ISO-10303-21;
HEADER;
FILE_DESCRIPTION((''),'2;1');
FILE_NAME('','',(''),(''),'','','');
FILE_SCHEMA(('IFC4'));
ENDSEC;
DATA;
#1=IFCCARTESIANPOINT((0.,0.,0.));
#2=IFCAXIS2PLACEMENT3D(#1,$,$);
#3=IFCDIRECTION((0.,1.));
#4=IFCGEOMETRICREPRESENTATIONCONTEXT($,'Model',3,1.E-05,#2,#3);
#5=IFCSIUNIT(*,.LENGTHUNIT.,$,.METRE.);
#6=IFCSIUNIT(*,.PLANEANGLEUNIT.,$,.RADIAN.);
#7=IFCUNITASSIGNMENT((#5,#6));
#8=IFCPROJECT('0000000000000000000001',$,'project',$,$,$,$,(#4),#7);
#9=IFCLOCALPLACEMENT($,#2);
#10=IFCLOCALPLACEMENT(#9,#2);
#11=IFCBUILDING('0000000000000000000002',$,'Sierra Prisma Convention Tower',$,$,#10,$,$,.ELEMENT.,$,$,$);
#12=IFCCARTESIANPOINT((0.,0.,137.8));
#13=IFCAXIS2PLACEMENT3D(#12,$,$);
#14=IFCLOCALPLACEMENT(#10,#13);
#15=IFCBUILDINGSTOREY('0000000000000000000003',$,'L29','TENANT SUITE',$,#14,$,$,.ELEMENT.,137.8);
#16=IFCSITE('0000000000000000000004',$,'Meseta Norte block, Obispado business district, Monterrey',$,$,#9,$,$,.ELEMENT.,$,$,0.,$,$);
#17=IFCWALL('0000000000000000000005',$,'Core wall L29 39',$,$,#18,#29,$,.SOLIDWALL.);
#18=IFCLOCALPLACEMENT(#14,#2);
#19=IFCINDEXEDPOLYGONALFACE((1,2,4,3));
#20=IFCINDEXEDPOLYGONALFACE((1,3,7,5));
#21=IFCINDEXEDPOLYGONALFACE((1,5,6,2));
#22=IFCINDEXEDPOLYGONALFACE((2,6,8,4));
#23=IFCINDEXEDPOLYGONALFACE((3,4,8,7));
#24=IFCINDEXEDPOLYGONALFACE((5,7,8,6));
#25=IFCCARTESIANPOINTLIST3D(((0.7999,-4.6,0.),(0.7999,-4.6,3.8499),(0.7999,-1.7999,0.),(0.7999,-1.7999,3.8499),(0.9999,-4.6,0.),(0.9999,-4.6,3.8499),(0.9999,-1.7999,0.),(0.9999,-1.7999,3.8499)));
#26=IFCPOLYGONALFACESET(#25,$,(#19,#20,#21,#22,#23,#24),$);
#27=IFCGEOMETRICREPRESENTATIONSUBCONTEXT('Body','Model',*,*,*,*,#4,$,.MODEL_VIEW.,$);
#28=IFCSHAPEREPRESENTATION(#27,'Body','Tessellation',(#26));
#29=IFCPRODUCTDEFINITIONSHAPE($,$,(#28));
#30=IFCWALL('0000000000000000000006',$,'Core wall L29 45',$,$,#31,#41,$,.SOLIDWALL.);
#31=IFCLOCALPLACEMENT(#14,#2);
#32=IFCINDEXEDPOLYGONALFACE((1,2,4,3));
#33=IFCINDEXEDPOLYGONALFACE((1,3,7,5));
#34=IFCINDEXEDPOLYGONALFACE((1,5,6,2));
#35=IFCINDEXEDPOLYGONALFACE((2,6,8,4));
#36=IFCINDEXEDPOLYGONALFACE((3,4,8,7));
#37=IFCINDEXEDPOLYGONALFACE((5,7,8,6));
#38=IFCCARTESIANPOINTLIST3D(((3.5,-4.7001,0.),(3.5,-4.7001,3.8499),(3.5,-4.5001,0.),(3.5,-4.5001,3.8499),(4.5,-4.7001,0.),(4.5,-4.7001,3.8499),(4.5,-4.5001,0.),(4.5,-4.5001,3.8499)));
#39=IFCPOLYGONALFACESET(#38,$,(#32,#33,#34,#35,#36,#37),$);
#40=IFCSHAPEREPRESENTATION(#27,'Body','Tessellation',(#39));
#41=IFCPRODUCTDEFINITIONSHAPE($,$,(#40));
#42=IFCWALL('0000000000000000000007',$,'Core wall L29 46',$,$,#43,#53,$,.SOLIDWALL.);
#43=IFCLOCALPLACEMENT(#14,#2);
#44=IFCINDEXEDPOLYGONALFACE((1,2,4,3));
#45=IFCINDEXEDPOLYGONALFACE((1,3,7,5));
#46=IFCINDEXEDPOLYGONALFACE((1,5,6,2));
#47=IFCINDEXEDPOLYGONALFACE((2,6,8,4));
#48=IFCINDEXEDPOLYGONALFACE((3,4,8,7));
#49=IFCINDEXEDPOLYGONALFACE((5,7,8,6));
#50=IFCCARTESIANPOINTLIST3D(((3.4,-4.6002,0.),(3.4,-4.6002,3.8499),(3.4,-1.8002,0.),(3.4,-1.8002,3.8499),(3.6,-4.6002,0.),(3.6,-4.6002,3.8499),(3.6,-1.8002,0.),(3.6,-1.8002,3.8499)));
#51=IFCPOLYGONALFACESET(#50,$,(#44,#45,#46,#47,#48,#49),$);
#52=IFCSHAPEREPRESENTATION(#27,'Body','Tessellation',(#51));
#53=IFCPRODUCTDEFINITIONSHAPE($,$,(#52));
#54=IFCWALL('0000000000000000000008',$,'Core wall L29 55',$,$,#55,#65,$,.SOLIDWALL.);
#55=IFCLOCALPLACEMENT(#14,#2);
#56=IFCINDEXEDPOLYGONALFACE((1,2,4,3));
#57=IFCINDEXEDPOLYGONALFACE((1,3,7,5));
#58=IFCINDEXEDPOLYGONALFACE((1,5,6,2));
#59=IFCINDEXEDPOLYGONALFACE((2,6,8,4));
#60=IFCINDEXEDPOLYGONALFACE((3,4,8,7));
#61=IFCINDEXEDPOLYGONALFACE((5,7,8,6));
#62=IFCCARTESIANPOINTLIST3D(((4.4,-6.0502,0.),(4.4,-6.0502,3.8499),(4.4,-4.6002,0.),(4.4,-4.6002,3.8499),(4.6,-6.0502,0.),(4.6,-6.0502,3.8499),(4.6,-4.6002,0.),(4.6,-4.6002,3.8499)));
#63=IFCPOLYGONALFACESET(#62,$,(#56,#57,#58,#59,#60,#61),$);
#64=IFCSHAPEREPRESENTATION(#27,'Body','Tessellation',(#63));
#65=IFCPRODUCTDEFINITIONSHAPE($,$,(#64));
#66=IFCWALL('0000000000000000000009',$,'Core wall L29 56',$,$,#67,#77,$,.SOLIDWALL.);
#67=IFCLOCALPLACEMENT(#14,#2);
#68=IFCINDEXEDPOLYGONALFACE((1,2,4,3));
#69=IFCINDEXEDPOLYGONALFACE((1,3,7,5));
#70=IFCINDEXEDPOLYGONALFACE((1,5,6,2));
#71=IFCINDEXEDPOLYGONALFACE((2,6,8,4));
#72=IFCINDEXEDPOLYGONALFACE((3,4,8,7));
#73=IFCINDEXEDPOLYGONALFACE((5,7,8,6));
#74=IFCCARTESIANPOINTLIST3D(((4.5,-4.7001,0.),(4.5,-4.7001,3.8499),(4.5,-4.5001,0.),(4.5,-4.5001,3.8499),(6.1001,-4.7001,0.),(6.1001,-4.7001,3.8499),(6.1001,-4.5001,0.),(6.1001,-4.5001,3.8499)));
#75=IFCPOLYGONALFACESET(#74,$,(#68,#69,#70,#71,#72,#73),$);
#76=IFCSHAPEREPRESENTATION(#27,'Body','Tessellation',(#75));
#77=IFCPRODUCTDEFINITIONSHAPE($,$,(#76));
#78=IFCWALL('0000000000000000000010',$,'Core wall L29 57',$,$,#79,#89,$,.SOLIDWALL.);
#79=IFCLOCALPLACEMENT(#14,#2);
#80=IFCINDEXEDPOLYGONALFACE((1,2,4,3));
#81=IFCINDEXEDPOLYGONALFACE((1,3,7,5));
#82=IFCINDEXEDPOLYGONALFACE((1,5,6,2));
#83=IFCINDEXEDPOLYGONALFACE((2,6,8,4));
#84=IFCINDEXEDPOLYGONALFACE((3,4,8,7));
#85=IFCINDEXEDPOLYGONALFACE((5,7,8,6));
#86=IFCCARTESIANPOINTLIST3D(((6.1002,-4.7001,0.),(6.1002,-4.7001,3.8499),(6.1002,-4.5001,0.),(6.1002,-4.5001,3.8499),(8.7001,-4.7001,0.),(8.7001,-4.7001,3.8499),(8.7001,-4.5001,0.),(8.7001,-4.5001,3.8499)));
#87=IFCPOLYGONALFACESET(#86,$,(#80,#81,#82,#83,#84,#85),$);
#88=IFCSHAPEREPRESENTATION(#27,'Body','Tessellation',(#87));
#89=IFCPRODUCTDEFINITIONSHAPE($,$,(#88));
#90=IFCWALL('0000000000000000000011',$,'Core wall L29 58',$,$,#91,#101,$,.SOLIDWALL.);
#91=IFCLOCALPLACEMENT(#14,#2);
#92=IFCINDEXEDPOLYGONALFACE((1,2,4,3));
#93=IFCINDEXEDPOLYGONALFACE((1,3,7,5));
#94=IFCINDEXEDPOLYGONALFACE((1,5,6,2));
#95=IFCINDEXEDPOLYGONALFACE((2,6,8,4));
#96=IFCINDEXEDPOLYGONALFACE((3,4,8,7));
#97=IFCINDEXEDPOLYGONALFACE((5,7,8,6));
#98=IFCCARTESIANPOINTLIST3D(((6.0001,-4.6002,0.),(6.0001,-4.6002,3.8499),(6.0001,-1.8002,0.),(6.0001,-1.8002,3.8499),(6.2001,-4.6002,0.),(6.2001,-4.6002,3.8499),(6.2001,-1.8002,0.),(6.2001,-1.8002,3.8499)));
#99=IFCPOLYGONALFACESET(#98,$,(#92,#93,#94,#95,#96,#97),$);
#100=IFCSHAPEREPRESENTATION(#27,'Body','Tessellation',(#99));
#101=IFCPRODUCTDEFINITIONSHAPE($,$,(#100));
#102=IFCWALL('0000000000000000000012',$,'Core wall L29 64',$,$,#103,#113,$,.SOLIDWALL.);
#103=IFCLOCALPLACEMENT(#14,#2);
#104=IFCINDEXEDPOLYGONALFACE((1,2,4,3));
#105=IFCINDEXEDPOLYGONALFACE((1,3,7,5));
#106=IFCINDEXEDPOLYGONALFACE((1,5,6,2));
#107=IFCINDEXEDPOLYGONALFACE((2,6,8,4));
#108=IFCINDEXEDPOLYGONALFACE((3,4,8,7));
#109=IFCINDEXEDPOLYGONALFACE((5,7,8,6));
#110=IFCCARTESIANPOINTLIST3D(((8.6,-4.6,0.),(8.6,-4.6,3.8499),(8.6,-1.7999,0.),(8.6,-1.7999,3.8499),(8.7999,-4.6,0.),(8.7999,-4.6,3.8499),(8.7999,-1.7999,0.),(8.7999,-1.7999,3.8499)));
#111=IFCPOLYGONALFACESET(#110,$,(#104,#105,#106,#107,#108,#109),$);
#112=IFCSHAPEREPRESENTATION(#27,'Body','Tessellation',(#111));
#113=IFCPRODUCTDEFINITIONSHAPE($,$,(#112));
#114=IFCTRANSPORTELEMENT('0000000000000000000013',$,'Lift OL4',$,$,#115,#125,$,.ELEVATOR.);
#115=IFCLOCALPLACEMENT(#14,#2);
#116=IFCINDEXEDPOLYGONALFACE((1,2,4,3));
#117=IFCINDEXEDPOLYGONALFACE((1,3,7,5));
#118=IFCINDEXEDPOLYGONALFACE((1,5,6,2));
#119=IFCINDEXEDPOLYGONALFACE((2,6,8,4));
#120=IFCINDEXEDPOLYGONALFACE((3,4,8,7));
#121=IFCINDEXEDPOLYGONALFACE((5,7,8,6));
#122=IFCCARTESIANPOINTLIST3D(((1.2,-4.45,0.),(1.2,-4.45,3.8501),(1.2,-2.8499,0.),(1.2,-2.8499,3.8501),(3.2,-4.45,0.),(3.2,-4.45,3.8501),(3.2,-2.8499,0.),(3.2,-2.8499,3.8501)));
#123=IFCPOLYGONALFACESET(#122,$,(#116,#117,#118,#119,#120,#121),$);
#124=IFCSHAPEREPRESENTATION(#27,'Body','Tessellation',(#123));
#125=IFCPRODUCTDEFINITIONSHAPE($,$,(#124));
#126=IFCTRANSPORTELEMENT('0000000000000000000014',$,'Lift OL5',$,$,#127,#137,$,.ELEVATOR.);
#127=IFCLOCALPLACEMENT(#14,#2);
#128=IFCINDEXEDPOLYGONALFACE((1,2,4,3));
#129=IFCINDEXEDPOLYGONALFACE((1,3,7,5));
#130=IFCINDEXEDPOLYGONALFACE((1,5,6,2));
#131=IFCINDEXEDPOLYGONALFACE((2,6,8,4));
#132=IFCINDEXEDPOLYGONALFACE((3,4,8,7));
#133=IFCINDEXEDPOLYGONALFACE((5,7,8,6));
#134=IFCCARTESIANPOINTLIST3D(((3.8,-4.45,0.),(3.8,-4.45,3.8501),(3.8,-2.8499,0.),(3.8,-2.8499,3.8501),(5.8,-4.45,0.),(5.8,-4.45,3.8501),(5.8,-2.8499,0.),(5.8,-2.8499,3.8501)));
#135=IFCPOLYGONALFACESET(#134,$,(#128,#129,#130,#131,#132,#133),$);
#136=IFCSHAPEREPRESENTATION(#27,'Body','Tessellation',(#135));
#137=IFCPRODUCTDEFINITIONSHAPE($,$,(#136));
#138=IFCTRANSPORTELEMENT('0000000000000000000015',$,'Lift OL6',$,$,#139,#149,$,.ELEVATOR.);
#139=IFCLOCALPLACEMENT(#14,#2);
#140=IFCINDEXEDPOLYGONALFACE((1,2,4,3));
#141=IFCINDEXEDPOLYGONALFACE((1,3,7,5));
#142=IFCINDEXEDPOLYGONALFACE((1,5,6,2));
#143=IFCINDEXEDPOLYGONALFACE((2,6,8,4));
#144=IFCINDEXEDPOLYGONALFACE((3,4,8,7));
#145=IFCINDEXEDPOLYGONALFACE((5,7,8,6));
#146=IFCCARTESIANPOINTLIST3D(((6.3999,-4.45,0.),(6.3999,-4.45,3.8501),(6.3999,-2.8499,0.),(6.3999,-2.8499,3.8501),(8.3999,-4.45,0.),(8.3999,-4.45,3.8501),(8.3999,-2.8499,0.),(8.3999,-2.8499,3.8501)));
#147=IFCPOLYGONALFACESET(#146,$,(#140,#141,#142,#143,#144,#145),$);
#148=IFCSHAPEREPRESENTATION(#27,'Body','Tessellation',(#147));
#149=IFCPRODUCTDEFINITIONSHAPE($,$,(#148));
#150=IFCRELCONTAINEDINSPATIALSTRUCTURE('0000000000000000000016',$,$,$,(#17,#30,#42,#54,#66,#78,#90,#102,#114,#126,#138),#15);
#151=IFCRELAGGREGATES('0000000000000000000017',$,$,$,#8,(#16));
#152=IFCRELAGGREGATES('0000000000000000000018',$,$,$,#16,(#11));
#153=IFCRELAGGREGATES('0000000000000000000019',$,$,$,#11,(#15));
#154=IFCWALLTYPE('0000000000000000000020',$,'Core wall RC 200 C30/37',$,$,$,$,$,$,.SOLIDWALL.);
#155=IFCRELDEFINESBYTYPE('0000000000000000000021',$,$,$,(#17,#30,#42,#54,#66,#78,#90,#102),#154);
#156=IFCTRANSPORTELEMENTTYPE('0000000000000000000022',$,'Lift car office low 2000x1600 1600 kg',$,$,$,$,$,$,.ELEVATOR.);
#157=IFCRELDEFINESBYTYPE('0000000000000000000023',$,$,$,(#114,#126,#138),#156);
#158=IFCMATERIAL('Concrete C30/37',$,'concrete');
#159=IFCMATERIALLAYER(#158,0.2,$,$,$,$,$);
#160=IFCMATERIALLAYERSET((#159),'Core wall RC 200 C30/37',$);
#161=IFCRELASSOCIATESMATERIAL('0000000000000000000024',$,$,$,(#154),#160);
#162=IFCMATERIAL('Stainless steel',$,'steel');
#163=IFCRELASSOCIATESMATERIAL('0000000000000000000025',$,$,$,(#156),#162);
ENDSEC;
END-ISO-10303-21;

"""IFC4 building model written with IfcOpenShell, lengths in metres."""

from ifc_helpers import new_model, si_unit, direction, frame, frame_2d, origin, origin_2d, place, context, subcontext, project, spatial, rectangle, extrude, material, layer, layer_set, type_object, element, save


model = new_model("IFC4")

# Units and contexts
model_context = context("Model", 3, precision=1e-05, world=origin(), true_north=direction((0.0, 1.0)))
body_context = subcontext(model_context, "Body", "Model", "MODEL_VIEW")
ifc_project = project(units=[si_unit("LENGTHUNIT", "METRE"), si_unit("PLANEANGLEUNIT", "RADIAN")], contexts=[model_context])

# Site, building, storey
site_placement = place(None, origin())
site = spatial("IfcSite", under=ifc_project, at=site_placement, Name="Meseta Norte block, Obispado business district, Monterrey", CompositionType="ELEMENT", RefElevation=0.0)
building_placement = place(site_placement, origin())
building = spatial("IfcBuilding", under=site, at=building_placement, Name="Sierra Prisma Convention Tower", CompositionType="ELEMENT")
storey_placement = place(building_placement, frame((0.0, 0.0, 137.8)))
storey = spatial("IfcBuildingStorey", under=building, at=storey_placement, Name="L29", Description="TENANT SUITE", CompositionType="ELEMENT", Elevation=137.8)

# Wall
ifc_material_1 = material(Name="Concrete C30/37", Category="concrete")
ifc_layer = layer(ifc_material_1, 0.2)
ifc_layer_set = layer_set([ifc_layer], Name="Core wall RC 200 C30/37")
wall_type = type_object("IfcWallType", Name="Core wall RC 200 C30/37", PredefinedType="SOLIDWALL", material=ifc_layer_set)
wall_1_placement = place(storey_placement, frame((0.8999, -1.8, 0.0), z_axis=(0.0, 0.0, 1.0), x_axis=(0.0, -1.0, 0.0)))
element("IfcWall", 1, at=wall_1_placement, inside=storey, type_object=wall_type, Name="Core wall L29 39", PredefinedType="SOLIDWALL", context=body_context, shape_type="SweptSolid", body=[
    extrude(rectangle(XDim=2.8, YDim=0.2, at=frame_2d((1.3999, 0.0))), origin(), (0.0, 0.0, 1.0), 3.8499),
])

# Walls
wall_2_placement = place(storey_placement, frame((4.5, -4.6001, 0.0), z_axis=(0.0, 0.0, 1.0), x_axis=(-1.0, 0.0, 0.0)))
element("IfcWall", 2, at=wall_2_placement, inside=storey, type_object=wall_type, Name="Core wall L29 45", PredefinedType="SOLIDWALL", context=body_context, shape_type="SweptSolid", body=[
    extrude(rectangle(XDim=1.0, YDim=0.2, at=frame_2d((0.5, 0.0))), origin(), (0.0, 0.0, 1.0), 3.8499),
])
wall_3_placement = place(storey_placement, frame((3.5, -4.6001, 0.0), z_axis=(0.0, 0.0, 1.0), x_axis=(0.0, 1.0, 0.0)))
element("IfcWall", 3, at=wall_3_placement, inside=storey, type_object=wall_type, Name="Core wall L29 46", PredefinedType="SOLIDWALL", context=body_context, shape_type="SweptSolid", body=[
    extrude(rectangle(XDim=2.8, YDim=0.2, at=frame_2d((1.3999, 0.0))), origin(), (0.0, 0.0, 1.0), 3.8499),
])

# Walls
wall_4_placement = place(storey_placement, frame((4.5, -4.6001, 0.0), z_axis=(0.0, 0.0, 1.0), x_axis=(0.0, -1.0, 0.0)))
element("IfcWall", 4, at=wall_4_placement, inside=storey, type_object=wall_type, Name="Core wall L29 55", PredefinedType="SOLIDWALL", context=body_context, shape_type="SweptSolid", body=[
    extrude(rectangle(XDim=1.45, YDim=0.2, at=frame_2d((0.7251, 0.0))), origin(), (0.0, 0.0, 1.0), 3.8499),
])
wall_5_placement = place(storey_placement, frame((6.1001, -4.6001, 0.0), z_axis=(0.0, 0.0, 1.0), x_axis=(-1.0, 0.0, 0.0)))
element("IfcWall", 5, at=wall_5_placement, inside=storey, type_object=wall_type, Name="Core wall L29 56", PredefinedType="SOLIDWALL", context=body_context, shape_type="SweptSolid", body=[
    extrude(rectangle(XDim=1.6001, YDim=0.2, at=frame_2d((0.8, 0.0))), origin(), (0.0, 0.0, 1.0), 3.8499),
])
wall_6_placement = place(storey_placement, frame((8.7, -4.6001, 0.0), z_axis=(0.0, 0.0, 1.0), x_axis=(-1.0, 0.0, 0.0)))
element("IfcWall", 6, at=wall_6_placement, inside=storey, type_object=wall_type, Name="Core wall L29 57", PredefinedType="SOLIDWALL", context=body_context, shape_type="SweptSolid", body=[
    extrude(rectangle(XDim=2.5999, YDim=0.2, at=frame_2d((1.2998, 0.0))), origin(), (0.0, 0.0, 1.0), 3.8499),
])
wall_7_placement = place(storey_placement, frame((6.1001, -4.6001, 0.0), z_axis=(0.0, 0.0, 1.0), x_axis=(0.0, 1.0, 0.0)))
element("IfcWall", 7, at=wall_7_placement, inside=storey, type_object=wall_type, Name="Core wall L29 58", PredefinedType="SOLIDWALL", context=body_context, shape_type="SweptSolid", body=[
    extrude(rectangle(XDim=2.8, YDim=0.2, at=frame_2d((1.3999, 0.0))), origin(), (0.0, 0.0, 1.0), 3.8499),
])

# Wall
wall_8_placement = place(storey_placement, frame((8.7, -1.8, 0.0), z_axis=(0.0, 0.0, 1.0), x_axis=(0.0, -1.0, 0.0)))
element("IfcWall", 8, at=wall_8_placement, inside=storey, type_object=wall_type, Name="Core wall L29 64", PredefinedType="SOLIDWALL", context=body_context, shape_type="SweptSolid", body=[
    extrude(rectangle(XDim=2.8, YDim=0.2, at=frame_2d((1.3999, 0.0))), origin(), (0.0, 0.0, 1.0), 3.8499),
])

# Transport elements
ifc_material_2 = material(Name="Stainless steel", Category="steel")
transport_element_type = type_object("IfcTransportElementType", Name="Lift car office low 2000x1600 1600 kg", PredefinedType="ELEVATOR", material=ifc_material_2)
for number, where, z_axis, x_axis, name in (
    (9, (2.2, -3.6499, 0.0), (0.0, 0.0, 1.0), (1.0, 0.0, 0.0), "Lift OL4"),
    (10, (4.8, -3.6499, 0.0), (0.0, 0.0, 1.0), (1.0, 0.0, 0.0), "Lift OL5"),
    (11, (7.3999, -3.6499, 0.0), (0.0, 0.0, 1.0), (1.0, 0.0, 0.0), "Lift OL6"),
):
    element("IfcTransportElement", number, at=place(storey_placement, frame(where, z_axis=z_axis, x_axis=x_axis)), inside=storey, type_object=transport_element_type, Name=name, PredefinedType="ELEVATOR", context=body_context, shape_type="SweptSolid", body=[
        extrude(rectangle(XDim=2.0, YDim=1.6001, at=origin_2d()), origin(), (0.0, 0.0, 1.0), 3.8501),
    ])

save(model, "model.ifc")
